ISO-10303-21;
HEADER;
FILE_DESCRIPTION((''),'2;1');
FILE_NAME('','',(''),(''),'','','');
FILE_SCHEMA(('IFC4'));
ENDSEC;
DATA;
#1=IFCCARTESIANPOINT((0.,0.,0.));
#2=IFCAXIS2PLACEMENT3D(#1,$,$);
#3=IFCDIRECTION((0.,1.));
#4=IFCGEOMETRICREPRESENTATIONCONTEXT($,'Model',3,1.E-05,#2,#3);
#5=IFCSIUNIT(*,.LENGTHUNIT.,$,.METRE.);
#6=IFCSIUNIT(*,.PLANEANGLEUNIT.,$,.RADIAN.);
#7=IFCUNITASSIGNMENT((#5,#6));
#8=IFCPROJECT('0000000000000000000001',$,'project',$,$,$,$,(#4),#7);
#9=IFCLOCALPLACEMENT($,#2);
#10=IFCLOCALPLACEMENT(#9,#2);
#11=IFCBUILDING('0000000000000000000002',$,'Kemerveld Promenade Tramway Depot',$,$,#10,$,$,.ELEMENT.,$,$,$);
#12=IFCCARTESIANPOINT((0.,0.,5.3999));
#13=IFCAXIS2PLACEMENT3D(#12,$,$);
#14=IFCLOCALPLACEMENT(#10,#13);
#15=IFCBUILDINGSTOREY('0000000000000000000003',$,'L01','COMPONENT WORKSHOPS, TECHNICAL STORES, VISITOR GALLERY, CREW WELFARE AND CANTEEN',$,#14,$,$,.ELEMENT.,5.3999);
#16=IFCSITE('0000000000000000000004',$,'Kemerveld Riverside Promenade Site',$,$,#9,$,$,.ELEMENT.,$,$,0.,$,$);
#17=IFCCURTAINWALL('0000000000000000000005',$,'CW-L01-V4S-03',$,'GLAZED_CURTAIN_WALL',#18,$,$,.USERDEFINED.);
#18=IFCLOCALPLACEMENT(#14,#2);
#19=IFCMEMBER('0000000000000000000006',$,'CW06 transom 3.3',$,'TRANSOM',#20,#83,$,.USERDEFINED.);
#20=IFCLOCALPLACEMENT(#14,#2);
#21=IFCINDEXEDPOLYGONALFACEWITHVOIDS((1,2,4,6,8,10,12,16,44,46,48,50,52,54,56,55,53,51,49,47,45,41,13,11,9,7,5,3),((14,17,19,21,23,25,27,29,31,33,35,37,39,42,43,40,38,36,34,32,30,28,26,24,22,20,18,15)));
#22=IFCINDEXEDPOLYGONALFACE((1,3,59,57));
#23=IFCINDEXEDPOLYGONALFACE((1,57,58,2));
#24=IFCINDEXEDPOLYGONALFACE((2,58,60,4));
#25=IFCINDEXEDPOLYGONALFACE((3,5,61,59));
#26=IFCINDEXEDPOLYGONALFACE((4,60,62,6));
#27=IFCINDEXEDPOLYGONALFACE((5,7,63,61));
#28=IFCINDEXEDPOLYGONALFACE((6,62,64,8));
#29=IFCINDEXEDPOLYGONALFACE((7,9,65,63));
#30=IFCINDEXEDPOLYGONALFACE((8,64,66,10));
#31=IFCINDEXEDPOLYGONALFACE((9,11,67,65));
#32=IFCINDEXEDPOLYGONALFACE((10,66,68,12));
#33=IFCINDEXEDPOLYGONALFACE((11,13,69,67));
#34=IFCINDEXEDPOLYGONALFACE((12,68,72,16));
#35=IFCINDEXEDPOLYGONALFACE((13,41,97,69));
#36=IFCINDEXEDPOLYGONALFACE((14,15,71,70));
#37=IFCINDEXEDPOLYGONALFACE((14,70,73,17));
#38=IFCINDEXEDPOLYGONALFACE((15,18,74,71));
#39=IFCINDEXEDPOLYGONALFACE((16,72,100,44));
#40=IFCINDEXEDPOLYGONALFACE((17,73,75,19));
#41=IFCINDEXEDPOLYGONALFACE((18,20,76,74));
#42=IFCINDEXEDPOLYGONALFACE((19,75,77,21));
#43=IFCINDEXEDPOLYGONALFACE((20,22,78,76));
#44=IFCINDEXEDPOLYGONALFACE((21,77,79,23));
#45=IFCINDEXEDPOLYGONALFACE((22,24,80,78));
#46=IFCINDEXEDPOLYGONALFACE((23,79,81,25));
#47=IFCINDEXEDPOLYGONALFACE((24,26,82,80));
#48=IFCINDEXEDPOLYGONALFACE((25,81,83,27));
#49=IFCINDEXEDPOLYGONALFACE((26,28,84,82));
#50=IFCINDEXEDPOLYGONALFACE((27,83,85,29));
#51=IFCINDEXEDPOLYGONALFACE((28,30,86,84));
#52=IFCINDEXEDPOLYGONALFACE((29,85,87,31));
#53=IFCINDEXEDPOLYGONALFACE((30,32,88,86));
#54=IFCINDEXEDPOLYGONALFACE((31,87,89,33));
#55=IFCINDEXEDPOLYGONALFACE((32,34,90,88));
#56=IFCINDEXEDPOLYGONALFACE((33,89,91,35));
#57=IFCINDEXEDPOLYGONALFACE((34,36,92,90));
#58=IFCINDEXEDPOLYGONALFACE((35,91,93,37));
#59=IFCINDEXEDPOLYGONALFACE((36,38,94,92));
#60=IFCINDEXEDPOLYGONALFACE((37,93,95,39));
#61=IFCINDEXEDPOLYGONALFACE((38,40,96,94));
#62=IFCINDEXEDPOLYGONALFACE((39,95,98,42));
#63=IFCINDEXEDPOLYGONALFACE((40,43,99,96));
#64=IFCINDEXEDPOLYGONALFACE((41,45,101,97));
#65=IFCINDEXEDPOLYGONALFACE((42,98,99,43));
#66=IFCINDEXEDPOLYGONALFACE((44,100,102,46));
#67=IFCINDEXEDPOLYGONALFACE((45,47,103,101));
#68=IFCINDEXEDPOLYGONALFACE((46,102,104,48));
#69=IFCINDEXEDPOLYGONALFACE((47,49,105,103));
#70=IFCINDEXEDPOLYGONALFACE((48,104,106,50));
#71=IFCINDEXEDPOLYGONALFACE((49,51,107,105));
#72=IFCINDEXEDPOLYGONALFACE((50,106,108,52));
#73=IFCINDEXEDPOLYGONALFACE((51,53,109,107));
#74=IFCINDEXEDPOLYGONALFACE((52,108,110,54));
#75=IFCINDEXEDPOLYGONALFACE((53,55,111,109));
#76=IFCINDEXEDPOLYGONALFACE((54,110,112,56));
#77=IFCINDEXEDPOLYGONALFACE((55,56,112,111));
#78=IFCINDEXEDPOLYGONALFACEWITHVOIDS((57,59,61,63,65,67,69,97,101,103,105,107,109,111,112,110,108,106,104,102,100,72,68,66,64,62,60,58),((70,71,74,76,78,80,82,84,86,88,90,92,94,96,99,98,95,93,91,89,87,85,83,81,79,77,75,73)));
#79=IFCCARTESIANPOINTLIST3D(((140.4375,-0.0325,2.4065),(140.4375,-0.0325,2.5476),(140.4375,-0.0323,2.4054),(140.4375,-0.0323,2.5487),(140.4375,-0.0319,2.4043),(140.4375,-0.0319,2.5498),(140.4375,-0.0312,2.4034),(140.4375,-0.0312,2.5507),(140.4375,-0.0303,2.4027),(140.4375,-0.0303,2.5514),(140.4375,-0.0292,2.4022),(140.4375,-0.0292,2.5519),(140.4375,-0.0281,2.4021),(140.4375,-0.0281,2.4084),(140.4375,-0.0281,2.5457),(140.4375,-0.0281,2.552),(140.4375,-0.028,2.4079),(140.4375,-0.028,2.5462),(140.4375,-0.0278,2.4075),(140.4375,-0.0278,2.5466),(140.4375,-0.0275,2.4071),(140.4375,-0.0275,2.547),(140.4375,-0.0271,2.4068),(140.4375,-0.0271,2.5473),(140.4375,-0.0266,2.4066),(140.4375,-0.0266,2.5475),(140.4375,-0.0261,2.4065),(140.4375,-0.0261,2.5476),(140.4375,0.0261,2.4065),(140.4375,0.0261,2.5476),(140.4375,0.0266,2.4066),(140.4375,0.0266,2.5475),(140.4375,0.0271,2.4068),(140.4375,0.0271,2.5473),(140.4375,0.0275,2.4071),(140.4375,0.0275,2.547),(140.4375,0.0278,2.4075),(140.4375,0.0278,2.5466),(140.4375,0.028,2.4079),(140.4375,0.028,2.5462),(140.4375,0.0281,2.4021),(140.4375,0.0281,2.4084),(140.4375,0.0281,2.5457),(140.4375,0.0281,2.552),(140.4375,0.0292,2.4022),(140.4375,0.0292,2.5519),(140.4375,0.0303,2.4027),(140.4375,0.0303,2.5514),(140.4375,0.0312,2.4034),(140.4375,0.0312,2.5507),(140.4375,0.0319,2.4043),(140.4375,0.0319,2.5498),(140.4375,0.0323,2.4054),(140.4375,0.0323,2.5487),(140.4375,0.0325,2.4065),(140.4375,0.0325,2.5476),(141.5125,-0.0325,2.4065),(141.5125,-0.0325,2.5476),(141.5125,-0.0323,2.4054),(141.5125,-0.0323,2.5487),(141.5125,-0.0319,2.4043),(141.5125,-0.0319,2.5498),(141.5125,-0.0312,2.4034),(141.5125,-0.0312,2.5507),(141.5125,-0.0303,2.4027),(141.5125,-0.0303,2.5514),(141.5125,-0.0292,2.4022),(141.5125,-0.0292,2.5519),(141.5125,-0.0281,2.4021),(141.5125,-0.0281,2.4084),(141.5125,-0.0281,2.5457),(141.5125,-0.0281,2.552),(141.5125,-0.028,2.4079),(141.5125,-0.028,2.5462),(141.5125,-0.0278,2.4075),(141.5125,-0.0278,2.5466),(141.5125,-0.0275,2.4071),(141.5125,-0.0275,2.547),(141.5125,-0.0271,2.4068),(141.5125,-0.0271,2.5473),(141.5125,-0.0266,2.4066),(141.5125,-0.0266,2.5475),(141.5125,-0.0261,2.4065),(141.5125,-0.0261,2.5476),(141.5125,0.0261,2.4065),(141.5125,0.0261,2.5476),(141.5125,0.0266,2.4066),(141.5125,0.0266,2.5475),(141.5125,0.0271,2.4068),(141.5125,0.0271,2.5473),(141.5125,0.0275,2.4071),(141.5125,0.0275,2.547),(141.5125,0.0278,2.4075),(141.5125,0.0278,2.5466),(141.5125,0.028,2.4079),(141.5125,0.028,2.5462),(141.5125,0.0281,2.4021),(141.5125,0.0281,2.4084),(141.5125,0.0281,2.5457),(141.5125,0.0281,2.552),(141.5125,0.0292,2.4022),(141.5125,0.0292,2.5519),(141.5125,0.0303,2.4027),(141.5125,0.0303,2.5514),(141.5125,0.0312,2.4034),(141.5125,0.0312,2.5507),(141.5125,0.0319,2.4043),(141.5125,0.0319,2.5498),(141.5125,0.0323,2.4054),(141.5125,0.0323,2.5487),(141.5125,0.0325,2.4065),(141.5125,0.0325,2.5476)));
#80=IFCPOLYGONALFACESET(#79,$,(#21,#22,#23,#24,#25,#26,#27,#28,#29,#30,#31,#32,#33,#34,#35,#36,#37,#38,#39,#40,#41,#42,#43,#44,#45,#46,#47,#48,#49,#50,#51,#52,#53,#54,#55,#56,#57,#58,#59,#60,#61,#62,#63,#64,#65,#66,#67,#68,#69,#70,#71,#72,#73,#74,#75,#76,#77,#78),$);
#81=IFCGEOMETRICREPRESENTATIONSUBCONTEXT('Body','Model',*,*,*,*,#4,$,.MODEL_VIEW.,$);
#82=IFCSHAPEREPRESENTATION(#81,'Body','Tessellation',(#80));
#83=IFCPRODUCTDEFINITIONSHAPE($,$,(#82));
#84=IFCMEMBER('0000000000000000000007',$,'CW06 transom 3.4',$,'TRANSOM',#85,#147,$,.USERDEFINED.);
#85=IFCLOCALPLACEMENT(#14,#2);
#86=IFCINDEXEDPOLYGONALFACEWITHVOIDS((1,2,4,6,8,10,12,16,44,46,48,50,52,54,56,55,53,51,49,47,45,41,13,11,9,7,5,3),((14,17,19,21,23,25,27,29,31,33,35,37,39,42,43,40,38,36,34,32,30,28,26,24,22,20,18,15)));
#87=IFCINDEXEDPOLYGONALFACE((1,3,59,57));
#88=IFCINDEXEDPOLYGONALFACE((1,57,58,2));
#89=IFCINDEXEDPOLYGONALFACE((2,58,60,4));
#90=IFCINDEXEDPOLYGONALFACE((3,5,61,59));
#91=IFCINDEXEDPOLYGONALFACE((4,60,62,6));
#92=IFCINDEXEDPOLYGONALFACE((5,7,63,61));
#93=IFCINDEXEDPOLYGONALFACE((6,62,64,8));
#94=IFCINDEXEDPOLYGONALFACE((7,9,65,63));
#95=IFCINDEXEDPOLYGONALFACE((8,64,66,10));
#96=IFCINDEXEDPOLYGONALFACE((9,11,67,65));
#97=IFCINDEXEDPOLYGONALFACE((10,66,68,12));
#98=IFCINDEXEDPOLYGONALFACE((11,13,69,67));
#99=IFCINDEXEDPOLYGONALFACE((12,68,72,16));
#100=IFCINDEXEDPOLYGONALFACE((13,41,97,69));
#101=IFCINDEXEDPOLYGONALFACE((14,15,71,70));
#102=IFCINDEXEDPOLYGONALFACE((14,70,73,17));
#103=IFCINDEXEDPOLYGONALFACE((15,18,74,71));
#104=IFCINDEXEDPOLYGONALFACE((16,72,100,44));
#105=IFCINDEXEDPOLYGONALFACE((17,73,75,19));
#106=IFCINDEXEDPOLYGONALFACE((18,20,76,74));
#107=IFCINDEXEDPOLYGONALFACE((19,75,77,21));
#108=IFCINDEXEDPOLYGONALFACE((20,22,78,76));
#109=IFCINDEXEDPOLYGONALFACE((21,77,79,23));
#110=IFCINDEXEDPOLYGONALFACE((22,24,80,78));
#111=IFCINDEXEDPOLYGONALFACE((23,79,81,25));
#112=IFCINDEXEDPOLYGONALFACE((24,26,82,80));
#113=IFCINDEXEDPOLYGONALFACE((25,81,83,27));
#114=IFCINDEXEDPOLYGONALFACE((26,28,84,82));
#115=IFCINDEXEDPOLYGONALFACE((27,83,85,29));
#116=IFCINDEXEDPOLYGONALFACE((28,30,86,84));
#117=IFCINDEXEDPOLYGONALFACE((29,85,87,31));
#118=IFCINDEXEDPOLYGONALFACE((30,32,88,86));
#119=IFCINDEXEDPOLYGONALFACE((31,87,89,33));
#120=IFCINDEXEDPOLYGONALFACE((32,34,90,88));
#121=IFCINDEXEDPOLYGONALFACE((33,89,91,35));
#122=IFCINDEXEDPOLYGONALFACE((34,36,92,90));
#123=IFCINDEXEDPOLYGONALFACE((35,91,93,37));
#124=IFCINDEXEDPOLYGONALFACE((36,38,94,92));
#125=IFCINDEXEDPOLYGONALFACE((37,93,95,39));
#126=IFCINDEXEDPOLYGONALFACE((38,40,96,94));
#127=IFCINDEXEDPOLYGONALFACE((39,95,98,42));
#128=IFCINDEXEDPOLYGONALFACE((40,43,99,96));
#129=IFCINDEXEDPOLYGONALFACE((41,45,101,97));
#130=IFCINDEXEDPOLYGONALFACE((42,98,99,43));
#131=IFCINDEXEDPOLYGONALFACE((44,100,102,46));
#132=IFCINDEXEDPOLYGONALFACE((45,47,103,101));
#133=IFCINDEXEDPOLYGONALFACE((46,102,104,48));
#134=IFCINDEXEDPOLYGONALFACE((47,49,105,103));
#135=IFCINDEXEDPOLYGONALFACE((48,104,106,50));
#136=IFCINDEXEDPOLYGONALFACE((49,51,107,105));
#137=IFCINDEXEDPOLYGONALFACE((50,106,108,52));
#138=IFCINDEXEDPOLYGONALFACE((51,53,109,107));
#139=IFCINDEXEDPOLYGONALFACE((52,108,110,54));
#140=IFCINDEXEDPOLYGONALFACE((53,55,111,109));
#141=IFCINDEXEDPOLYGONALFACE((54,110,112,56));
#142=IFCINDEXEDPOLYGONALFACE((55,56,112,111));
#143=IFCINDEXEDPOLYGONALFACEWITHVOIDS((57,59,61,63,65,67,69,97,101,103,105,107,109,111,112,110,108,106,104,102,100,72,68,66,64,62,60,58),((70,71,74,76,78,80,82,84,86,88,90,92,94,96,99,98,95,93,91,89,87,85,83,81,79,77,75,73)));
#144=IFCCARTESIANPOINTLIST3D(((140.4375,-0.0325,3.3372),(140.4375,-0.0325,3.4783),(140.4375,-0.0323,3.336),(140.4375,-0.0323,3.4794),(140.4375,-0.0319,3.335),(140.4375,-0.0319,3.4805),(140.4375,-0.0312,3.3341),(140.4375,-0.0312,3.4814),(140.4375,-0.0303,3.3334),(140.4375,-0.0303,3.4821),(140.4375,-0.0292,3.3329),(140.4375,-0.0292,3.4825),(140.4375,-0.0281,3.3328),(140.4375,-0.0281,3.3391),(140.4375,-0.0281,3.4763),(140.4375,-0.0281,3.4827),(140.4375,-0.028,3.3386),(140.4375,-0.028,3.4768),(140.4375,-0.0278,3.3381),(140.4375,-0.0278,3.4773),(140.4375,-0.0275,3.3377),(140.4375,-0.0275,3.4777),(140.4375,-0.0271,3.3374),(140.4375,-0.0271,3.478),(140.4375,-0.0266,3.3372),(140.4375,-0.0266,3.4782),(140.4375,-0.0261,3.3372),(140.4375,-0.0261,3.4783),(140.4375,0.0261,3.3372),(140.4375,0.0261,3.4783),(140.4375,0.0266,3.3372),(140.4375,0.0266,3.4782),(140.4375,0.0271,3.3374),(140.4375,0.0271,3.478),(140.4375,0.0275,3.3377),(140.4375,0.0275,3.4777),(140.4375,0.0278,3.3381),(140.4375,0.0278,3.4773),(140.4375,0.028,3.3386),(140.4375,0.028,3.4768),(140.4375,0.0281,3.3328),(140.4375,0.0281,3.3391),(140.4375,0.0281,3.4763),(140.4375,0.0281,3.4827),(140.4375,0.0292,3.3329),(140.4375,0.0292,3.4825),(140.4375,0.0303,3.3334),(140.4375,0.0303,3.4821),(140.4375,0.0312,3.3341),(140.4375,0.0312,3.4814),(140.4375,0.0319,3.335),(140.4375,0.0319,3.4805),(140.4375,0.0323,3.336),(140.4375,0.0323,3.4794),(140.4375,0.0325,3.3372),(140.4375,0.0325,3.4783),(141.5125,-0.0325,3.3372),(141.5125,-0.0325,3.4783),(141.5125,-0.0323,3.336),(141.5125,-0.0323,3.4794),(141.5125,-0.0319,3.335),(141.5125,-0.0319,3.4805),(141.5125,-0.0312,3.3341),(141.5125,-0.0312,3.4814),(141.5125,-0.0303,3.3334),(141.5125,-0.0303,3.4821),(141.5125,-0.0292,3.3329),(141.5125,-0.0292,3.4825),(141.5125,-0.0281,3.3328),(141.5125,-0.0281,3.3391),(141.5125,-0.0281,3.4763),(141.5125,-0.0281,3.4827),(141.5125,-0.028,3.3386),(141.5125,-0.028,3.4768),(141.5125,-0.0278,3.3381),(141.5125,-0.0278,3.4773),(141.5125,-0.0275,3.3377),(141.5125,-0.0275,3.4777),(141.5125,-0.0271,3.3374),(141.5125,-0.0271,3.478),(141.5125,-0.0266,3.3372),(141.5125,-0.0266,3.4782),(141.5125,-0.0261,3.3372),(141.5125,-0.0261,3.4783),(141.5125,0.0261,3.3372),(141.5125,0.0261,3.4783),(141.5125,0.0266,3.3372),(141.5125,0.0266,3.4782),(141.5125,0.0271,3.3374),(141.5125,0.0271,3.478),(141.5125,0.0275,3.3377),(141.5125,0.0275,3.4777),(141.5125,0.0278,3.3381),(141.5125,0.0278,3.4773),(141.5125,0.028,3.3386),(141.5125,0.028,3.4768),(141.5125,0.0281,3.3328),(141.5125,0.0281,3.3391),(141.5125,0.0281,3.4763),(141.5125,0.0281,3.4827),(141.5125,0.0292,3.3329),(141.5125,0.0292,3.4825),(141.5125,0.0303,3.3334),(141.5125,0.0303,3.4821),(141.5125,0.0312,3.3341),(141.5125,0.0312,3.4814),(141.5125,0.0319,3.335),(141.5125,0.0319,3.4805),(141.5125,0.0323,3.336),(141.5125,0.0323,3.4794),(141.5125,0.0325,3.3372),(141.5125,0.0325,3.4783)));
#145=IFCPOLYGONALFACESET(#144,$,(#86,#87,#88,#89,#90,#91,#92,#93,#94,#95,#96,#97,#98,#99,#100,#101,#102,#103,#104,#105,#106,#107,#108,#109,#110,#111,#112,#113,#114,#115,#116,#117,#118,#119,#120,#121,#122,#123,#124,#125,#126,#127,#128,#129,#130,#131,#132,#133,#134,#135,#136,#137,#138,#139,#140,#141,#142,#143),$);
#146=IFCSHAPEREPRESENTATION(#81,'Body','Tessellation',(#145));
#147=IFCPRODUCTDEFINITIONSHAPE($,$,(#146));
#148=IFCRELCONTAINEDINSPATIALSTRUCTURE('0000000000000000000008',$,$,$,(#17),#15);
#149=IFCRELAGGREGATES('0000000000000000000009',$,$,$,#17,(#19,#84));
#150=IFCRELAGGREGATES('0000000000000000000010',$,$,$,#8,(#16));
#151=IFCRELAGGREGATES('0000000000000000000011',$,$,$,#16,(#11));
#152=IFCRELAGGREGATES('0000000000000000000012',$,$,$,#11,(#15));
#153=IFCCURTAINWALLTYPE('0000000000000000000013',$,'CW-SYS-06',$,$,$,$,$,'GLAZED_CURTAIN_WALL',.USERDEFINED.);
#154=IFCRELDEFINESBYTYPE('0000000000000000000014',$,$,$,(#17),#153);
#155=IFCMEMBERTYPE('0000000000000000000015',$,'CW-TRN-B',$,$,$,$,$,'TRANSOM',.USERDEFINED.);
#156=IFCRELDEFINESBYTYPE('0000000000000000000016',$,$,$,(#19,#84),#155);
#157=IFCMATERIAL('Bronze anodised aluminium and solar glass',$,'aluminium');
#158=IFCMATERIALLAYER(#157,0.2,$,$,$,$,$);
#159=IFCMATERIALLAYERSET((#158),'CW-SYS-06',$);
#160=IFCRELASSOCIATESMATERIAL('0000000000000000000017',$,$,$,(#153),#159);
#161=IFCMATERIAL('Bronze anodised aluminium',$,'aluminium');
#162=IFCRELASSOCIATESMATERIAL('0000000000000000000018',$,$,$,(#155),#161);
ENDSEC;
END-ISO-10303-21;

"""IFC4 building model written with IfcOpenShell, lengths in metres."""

from ifc_helpers import new_model, si_unit, direction, frame, origin, origin_2d, place, context, subcontext, project, spatial, hollow_rectangle, extrude, material, layer, layer_set, material_profile, profile_set, type_object, element, aggregate, save


model = new_model("IFC4")

# Units and contexts
model_context = context("Model", 3, precision=1e-05, world=origin(), true_north=direction((0.0, 1.0)))
body_context = subcontext(model_context, "Body", "Model", "MODEL_VIEW")
ifc_project = project(units=[si_unit("LENGTHUNIT", "METRE"), si_unit("PLANEANGLEUNIT", "RADIAN")], contexts=[model_context])

# Site, building, storey
site_placement = place(None, origin())
site = spatial("IfcSite", under=ifc_project, at=site_placement, Name="Kemerveld Riverside Promenade Site", CompositionType="ELEMENT", RefElevation=0.0)
building_placement = place(site_placement, origin())
building = spatial("IfcBuilding", under=site, at=building_placement, Name="Kemerveld Promenade Tramway Depot", CompositionType="ELEMENT")
storey_placement = place(building_placement, frame((0.0, 0.0, 5.3999)))
storey = spatial("IfcBuildingStorey", under=building, at=storey_placement, Name="L01", Description="COMPONENT WORKSHOPS, TECHNICAL STORES, VISITOR GALLERY, CREW WELFARE AND CANTEEN", CompositionType="ELEMENT", Elevation=5.3999)

# Curtain wall, members
ifc_material_1 = material(Name="Bronze anodised aluminium and solar glass", Category="aluminium")
ifc_layer_1 = layer(ifc_material_1, 0.2)
ifc_layer_set_1 = layer_set([ifc_layer_1], Name="CW-SYS-06")
curtain_wall_type = type_object("IfcCurtainWallType", Name="CW-SYS-06", ElementType="GLAZED_CURTAIN_WALL", PredefinedType="USERDEFINED", material=ifc_layer_set_1)
curtain_wall_placement = place(storey_placement, origin())
curtain_wall = element("IfcCurtainWall", 1, at=curtain_wall_placement, inside=storey, type_object=curtain_wall_type, Name="CW-L01-V4S-03", ObjectType="GLAZED_CURTAIN_WALL", PredefinedType="USERDEFINED")
ifc_material_2 = material(Name="Bronze anodised aluminium", Category="aluminium")
ifc_material_profile_1 = material_profile(ifc_material_2, hollow_rectangle(XDim=0.0649, YDim=0.1499, WallThickness=0.0044, InnerFilletRadius=0.002, OuterFilletRadius=0.0044, at=origin_2d()), Name="CW-TRN-150x65")
ifc_profile_set_1 = profile_set([ifc_material_profile_1], Name="Bronze anodised aluminium")
member_type_1 = type_object("IfcMemberType", Name="CW-TRN-B", ElementType="TRANSOM", PredefinedType="USERDEFINED", material=ifc_profile_set_1)
member_1_placement = place(storey_placement, frame((141.5125, 0.0, 2.4771), z_axis=(-1.0, 0.0, 0.0), x_axis=(0.0, -1.0, 0.0)))
member_1 = element("IfcMember", 2, at=member_1_placement, type_object=member_type_1, Name="CW06 transom 3.3", ObjectType="TRANSOM", PredefinedType="USERDEFINED", context=body_context, shape_type="SweptSolid", body=[
    extrude(hollow_rectangle(XDim=0.0649, YDim=0.1499, WallThickness=0.0044, InnerFilletRadius=0.002, OuterFilletRadius=0.0044, at=origin_2d()), origin(), (0.0, 0.0, 1.0), 1.075),
])
member_2_placement = place(storey_placement, frame((141.5125, 0.0, 3.4077), z_axis=(-1.0, 0.0, 0.0), x_axis=(0.0, -1.0, 0.0)))
member_2 = element("IfcMember", 3, at=member_2_placement, type_object=member_type_1, Name="CW06 transom 3.4", ObjectType="TRANSOM", PredefinedType="USERDEFINED", context=body_context, shape_type="SweptSolid", body=[
    extrude(hollow_rectangle(XDim=0.0649, YDim=0.1499, WallThickness=0.0044, InnerFilletRadius=0.002, OuterFilletRadius=0.0044, at=origin_2d()), origin(), (0.0, 0.0, 1.0), 1.075),
])
aggregate(curtain_wall, [member_1, member_2])

save(model, "model.ifc")
